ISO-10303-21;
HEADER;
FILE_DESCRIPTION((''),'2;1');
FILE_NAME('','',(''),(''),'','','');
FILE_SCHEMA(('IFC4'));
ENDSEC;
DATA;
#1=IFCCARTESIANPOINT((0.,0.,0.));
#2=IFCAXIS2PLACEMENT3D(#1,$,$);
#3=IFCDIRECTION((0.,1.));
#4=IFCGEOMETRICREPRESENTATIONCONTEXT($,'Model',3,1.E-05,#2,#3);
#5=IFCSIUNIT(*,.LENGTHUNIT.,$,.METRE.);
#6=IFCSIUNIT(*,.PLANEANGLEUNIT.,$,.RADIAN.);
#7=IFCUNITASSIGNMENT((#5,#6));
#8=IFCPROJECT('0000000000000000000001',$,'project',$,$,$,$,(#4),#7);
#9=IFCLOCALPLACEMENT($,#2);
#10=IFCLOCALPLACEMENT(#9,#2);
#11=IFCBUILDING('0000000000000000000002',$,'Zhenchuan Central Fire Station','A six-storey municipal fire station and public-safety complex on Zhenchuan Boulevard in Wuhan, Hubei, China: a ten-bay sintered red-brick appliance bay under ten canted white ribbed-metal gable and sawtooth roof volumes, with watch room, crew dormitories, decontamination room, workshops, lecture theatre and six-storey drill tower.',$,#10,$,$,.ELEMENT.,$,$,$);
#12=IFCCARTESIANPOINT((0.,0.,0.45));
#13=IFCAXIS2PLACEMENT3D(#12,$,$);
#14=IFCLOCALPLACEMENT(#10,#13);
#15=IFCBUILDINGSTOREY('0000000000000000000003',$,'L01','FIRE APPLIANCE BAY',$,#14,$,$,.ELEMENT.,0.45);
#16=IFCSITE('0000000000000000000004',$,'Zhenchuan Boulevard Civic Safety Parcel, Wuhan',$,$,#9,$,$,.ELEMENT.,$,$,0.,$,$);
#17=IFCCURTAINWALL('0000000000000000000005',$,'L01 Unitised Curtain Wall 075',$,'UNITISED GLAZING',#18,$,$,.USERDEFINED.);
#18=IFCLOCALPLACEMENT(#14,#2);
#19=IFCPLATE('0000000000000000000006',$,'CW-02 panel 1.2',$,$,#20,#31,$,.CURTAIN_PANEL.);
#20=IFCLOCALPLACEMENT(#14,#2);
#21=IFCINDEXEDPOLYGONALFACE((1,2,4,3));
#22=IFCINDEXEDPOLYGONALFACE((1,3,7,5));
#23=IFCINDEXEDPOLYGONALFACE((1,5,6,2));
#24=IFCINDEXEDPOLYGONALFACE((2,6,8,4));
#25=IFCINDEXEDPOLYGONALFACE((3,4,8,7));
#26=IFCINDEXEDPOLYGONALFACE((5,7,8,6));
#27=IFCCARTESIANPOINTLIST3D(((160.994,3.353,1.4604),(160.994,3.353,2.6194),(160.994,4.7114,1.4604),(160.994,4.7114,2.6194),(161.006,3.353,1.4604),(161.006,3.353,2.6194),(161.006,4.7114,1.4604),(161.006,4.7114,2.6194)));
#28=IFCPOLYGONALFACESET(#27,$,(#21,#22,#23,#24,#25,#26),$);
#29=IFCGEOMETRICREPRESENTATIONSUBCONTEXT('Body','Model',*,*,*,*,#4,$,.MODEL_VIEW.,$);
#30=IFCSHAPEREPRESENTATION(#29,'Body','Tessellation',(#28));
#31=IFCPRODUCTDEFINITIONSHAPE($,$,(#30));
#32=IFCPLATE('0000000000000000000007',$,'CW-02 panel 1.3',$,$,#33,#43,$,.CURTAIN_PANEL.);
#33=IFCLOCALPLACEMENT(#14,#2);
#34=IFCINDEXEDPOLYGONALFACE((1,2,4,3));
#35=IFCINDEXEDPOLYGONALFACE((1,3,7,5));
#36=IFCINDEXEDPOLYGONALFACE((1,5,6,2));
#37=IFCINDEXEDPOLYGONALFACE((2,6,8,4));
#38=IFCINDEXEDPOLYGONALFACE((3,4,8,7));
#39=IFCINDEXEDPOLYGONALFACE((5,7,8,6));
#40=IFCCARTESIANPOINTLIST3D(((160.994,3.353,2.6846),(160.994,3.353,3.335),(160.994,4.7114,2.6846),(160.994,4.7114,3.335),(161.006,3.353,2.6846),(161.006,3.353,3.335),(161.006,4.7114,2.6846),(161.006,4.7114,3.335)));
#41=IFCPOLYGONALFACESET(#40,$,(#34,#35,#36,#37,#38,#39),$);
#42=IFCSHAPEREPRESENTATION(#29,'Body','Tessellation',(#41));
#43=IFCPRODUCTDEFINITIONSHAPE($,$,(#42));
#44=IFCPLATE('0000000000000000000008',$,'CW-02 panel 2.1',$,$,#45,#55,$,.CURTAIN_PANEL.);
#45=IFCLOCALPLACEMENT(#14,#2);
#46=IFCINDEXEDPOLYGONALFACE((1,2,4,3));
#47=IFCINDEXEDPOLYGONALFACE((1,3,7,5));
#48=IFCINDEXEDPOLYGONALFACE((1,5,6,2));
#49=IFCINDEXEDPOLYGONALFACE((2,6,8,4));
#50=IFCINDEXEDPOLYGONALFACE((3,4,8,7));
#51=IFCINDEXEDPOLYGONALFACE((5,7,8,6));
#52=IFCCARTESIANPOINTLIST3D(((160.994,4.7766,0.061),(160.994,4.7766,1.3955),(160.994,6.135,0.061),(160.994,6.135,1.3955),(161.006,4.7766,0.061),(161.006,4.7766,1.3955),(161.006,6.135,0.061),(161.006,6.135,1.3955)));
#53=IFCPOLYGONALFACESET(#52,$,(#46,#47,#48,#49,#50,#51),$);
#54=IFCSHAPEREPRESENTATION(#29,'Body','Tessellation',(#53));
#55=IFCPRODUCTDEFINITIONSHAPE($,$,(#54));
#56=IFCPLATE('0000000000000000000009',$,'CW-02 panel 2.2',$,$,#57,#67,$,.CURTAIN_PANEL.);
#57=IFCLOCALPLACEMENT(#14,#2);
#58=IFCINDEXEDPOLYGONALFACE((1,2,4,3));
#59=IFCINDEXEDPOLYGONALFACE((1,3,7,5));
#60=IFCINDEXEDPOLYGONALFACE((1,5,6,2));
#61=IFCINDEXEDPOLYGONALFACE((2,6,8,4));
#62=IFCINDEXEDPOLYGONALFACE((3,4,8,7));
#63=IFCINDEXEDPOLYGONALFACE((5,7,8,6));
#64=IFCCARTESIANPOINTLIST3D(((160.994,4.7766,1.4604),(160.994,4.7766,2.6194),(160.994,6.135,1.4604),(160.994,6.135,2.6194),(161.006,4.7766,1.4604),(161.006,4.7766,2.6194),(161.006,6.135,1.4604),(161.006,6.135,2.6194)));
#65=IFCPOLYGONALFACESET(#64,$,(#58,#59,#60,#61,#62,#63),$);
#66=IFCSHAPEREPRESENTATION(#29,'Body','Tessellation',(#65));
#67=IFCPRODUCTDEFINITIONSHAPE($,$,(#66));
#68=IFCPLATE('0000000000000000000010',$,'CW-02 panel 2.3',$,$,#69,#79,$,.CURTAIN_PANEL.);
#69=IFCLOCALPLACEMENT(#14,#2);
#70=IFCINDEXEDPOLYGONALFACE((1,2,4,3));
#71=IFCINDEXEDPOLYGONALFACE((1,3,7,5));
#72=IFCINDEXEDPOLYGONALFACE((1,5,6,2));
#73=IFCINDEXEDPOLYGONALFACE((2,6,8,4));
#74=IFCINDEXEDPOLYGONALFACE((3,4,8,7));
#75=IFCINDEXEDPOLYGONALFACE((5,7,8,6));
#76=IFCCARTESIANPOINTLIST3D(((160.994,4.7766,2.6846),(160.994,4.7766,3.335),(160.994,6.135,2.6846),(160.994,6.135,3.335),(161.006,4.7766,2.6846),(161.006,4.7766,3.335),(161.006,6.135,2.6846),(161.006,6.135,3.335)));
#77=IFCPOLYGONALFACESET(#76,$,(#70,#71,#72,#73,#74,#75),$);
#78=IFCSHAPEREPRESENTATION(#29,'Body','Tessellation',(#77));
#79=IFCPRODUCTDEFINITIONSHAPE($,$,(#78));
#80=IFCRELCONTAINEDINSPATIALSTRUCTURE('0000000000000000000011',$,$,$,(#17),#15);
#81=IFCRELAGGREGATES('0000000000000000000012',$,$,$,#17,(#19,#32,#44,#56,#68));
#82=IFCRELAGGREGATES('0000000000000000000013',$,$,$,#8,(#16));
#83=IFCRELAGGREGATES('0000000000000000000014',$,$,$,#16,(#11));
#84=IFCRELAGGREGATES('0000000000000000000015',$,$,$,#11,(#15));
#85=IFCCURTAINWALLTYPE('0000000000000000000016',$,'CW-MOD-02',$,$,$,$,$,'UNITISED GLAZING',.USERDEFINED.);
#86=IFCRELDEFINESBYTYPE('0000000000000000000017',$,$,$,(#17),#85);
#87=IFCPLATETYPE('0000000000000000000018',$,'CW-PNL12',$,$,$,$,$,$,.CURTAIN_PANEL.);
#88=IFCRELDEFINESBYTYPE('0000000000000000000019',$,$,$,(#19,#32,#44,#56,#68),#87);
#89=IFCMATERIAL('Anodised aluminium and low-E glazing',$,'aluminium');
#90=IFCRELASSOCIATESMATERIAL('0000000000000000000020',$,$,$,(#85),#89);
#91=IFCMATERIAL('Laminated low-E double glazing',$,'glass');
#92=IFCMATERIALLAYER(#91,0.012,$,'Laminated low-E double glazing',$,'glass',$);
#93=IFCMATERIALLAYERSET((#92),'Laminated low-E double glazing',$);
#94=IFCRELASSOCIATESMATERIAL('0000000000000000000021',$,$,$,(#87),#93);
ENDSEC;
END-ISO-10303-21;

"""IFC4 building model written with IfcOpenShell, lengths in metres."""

from ifc_helpers import new_model, si_unit, direction, frame, origin, origin_2d, place, context, subcontext, project, spatial, rectangle, extrude, material, layer, layer_set, type_object, element, aggregate, save


model = new_model("IFC4")

# Units and contexts
model_context = context("Model", 3, precision=1e-05, world=origin(), true_north=direction((0.0, 1.0)))
body_context = subcontext(model_context, "Body", "Model", "MODEL_VIEW")
ifc_project = project(units=[si_unit("LENGTHUNIT", "METRE"), si_unit("PLANEANGLEUNIT", "RADIAN")], contexts=[model_context])

# Site, building, storey
site_placement = place(None, origin())
site = spatial("IfcSite", under=ifc_project, at=site_placement, Name="Zhenchuan Boulevard Civic Safety Parcel, Wuhan", CompositionType="ELEMENT", RefElevation=0.0)
building_placement = place(site_placement, origin())
building = spatial("IfcBuilding", under=site, at=building_placement, Name="Zhenchuan Central Fire Station", Description="A six-storey municipal fire station and public-safety complex on Zhenchuan Boulevard in Wuhan, Hubei, China: a ten-bay sintered red-brick appliance bay under ten canted white ribbed-metal gable and sawtooth roof volumes, with watch room, crew dormitories, decontamination room, workshops, lecture theatre and six-storey drill tower.", CompositionType="ELEMENT")
storey_placement = place(building_placement, frame((0.0, 0.0, 0.45)))
storey = spatial("IfcBuildingStorey", under=building, at=storey_placement, Name="L01", Description="FIRE APPLIANCE BAY", CompositionType="ELEMENT", Elevation=0.45)

# Shared definitions
ifc_material_1 = material(Name="Anodised aluminium and low-E glazing", Category="aluminium")

# Curtain wall
curtain_wall_type_1 = type_object("IfcCurtainWallType", Name="CW-MOD-02", ElementType="UNITISED GLAZING", PredefinedType="USERDEFINED", material=ifc_material_1)
curtain_wall_1_placement = place(storey_placement, origin())
curtain_wall_1 = element("IfcCurtainWall", 1, at=curtain_wall_1_placement, inside=storey, type_object=curtain_wall_type_1, Name="L01 Unitised Curtain Wall 075", ObjectType="UNITISED GLAZING", PredefinedType="USERDEFINED")

# Plates
ifc_material_2 = material(Name="Laminated low-E double glazing", Category="glass")
ifc_layer = layer(ifc_material_2, 0.012, Name="Laminated low-E double glazing", Category="glass")
ifc_layer_set = layer_set([ifc_layer], Name="Laminated low-E double glazing")
plate_type = type_object("IfcPlateType", Name="CW-PNL12", PredefinedType="CURTAIN_PANEL", material=ifc_layer_set)
plate_1_placement = place(storey_placement, frame((161.0, 4.0322, 1.4604), z_axis=(0.0, 0.0, 1.0), x_axis=(0.0, 1.0, 0.0)))
plate_1 = element("IfcPlate", 2, at=plate_1_placement, type_object=plate_type, Name="CW-02 panel 1.2", PredefinedType="CURTAIN_PANEL", context=body_context, shape_type="SweptSolid", body=[
    extrude(rectangle(XDim=1.3584, YDim=0.012, at=origin_2d()), origin(), (0.0, 0.0, 1.0), 1.1589),
])
plate_2_placement = place(storey_placement, frame((161.0, 4.0322, 2.6846), z_axis=(0.0, 0.0, 1.0), x_axis=(0.0, 1.0, 0.0)))
plate_2 = element("IfcPlate", 3, at=plate_2_placement, type_object=plate_type, Name="CW-02 panel 1.3", PredefinedType="CURTAIN_PANEL", context=body_context, shape_type="SweptSolid", body=[
    extrude(rectangle(XDim=1.3584, YDim=0.012, at=origin_2d()), origin(), (0.0, 0.0, 1.0), 0.6504),
])
plate_3_placement = place(storey_placement, frame((161.0, 5.4558, 0.061), z_axis=(0.0, 0.0, 1.0), x_axis=(0.0, 1.0, 0.0)))
plate_3 = element("IfcPlate", 4, at=plate_3_placement, type_object=plate_type, Name="CW-02 panel 2.1", PredefinedType="CURTAIN_PANEL", context=body_context, shape_type="SweptSolid", body=[
    extrude(rectangle(XDim=1.3584, YDim=0.012, at=origin_2d()), origin(), (0.0, 0.0, 1.0), 1.3345),
])
plate_4_placement = place(storey_placement, frame((161.0, 5.4558, 1.4604), z_axis=(0.0, 0.0, 1.0), x_axis=(0.0, 1.0, 0.0)))
plate_4 = element("IfcPlate", 5, at=plate_4_placement, type_object=plate_type, Name="CW-02 panel 2.2", PredefinedType="CURTAIN_PANEL", context=body_context, shape_type="SweptSolid", body=[
    extrude(rectangle(XDim=1.3584, YDim=0.012, at=origin_2d()), origin(), (0.0, 0.0, 1.0), 1.1589),
])
plate_5_placement = place(storey_placement, frame((161.0, 5.4558, 2.6846), z_axis=(0.0, 0.0, 1.0), x_axis=(0.0, 1.0, 0.0)))
plate_5 = element("IfcPlate", 6, at=plate_5_placement, type_object=plate_type, Name="CW-02 panel 2.3", PredefinedType="CURTAIN_PANEL", context=body_context, shape_type="SweptSolid", body=[
    extrude(rectangle(XDim=1.3584, YDim=0.012, at=origin_2d()), origin(), (0.0, 0.0, 1.0), 0.6504),
])
aggregate(curtain_wall_1, [plate_1, plate_2, plate_3, plate_4, plate_5])

save(model, "model.ifc")
